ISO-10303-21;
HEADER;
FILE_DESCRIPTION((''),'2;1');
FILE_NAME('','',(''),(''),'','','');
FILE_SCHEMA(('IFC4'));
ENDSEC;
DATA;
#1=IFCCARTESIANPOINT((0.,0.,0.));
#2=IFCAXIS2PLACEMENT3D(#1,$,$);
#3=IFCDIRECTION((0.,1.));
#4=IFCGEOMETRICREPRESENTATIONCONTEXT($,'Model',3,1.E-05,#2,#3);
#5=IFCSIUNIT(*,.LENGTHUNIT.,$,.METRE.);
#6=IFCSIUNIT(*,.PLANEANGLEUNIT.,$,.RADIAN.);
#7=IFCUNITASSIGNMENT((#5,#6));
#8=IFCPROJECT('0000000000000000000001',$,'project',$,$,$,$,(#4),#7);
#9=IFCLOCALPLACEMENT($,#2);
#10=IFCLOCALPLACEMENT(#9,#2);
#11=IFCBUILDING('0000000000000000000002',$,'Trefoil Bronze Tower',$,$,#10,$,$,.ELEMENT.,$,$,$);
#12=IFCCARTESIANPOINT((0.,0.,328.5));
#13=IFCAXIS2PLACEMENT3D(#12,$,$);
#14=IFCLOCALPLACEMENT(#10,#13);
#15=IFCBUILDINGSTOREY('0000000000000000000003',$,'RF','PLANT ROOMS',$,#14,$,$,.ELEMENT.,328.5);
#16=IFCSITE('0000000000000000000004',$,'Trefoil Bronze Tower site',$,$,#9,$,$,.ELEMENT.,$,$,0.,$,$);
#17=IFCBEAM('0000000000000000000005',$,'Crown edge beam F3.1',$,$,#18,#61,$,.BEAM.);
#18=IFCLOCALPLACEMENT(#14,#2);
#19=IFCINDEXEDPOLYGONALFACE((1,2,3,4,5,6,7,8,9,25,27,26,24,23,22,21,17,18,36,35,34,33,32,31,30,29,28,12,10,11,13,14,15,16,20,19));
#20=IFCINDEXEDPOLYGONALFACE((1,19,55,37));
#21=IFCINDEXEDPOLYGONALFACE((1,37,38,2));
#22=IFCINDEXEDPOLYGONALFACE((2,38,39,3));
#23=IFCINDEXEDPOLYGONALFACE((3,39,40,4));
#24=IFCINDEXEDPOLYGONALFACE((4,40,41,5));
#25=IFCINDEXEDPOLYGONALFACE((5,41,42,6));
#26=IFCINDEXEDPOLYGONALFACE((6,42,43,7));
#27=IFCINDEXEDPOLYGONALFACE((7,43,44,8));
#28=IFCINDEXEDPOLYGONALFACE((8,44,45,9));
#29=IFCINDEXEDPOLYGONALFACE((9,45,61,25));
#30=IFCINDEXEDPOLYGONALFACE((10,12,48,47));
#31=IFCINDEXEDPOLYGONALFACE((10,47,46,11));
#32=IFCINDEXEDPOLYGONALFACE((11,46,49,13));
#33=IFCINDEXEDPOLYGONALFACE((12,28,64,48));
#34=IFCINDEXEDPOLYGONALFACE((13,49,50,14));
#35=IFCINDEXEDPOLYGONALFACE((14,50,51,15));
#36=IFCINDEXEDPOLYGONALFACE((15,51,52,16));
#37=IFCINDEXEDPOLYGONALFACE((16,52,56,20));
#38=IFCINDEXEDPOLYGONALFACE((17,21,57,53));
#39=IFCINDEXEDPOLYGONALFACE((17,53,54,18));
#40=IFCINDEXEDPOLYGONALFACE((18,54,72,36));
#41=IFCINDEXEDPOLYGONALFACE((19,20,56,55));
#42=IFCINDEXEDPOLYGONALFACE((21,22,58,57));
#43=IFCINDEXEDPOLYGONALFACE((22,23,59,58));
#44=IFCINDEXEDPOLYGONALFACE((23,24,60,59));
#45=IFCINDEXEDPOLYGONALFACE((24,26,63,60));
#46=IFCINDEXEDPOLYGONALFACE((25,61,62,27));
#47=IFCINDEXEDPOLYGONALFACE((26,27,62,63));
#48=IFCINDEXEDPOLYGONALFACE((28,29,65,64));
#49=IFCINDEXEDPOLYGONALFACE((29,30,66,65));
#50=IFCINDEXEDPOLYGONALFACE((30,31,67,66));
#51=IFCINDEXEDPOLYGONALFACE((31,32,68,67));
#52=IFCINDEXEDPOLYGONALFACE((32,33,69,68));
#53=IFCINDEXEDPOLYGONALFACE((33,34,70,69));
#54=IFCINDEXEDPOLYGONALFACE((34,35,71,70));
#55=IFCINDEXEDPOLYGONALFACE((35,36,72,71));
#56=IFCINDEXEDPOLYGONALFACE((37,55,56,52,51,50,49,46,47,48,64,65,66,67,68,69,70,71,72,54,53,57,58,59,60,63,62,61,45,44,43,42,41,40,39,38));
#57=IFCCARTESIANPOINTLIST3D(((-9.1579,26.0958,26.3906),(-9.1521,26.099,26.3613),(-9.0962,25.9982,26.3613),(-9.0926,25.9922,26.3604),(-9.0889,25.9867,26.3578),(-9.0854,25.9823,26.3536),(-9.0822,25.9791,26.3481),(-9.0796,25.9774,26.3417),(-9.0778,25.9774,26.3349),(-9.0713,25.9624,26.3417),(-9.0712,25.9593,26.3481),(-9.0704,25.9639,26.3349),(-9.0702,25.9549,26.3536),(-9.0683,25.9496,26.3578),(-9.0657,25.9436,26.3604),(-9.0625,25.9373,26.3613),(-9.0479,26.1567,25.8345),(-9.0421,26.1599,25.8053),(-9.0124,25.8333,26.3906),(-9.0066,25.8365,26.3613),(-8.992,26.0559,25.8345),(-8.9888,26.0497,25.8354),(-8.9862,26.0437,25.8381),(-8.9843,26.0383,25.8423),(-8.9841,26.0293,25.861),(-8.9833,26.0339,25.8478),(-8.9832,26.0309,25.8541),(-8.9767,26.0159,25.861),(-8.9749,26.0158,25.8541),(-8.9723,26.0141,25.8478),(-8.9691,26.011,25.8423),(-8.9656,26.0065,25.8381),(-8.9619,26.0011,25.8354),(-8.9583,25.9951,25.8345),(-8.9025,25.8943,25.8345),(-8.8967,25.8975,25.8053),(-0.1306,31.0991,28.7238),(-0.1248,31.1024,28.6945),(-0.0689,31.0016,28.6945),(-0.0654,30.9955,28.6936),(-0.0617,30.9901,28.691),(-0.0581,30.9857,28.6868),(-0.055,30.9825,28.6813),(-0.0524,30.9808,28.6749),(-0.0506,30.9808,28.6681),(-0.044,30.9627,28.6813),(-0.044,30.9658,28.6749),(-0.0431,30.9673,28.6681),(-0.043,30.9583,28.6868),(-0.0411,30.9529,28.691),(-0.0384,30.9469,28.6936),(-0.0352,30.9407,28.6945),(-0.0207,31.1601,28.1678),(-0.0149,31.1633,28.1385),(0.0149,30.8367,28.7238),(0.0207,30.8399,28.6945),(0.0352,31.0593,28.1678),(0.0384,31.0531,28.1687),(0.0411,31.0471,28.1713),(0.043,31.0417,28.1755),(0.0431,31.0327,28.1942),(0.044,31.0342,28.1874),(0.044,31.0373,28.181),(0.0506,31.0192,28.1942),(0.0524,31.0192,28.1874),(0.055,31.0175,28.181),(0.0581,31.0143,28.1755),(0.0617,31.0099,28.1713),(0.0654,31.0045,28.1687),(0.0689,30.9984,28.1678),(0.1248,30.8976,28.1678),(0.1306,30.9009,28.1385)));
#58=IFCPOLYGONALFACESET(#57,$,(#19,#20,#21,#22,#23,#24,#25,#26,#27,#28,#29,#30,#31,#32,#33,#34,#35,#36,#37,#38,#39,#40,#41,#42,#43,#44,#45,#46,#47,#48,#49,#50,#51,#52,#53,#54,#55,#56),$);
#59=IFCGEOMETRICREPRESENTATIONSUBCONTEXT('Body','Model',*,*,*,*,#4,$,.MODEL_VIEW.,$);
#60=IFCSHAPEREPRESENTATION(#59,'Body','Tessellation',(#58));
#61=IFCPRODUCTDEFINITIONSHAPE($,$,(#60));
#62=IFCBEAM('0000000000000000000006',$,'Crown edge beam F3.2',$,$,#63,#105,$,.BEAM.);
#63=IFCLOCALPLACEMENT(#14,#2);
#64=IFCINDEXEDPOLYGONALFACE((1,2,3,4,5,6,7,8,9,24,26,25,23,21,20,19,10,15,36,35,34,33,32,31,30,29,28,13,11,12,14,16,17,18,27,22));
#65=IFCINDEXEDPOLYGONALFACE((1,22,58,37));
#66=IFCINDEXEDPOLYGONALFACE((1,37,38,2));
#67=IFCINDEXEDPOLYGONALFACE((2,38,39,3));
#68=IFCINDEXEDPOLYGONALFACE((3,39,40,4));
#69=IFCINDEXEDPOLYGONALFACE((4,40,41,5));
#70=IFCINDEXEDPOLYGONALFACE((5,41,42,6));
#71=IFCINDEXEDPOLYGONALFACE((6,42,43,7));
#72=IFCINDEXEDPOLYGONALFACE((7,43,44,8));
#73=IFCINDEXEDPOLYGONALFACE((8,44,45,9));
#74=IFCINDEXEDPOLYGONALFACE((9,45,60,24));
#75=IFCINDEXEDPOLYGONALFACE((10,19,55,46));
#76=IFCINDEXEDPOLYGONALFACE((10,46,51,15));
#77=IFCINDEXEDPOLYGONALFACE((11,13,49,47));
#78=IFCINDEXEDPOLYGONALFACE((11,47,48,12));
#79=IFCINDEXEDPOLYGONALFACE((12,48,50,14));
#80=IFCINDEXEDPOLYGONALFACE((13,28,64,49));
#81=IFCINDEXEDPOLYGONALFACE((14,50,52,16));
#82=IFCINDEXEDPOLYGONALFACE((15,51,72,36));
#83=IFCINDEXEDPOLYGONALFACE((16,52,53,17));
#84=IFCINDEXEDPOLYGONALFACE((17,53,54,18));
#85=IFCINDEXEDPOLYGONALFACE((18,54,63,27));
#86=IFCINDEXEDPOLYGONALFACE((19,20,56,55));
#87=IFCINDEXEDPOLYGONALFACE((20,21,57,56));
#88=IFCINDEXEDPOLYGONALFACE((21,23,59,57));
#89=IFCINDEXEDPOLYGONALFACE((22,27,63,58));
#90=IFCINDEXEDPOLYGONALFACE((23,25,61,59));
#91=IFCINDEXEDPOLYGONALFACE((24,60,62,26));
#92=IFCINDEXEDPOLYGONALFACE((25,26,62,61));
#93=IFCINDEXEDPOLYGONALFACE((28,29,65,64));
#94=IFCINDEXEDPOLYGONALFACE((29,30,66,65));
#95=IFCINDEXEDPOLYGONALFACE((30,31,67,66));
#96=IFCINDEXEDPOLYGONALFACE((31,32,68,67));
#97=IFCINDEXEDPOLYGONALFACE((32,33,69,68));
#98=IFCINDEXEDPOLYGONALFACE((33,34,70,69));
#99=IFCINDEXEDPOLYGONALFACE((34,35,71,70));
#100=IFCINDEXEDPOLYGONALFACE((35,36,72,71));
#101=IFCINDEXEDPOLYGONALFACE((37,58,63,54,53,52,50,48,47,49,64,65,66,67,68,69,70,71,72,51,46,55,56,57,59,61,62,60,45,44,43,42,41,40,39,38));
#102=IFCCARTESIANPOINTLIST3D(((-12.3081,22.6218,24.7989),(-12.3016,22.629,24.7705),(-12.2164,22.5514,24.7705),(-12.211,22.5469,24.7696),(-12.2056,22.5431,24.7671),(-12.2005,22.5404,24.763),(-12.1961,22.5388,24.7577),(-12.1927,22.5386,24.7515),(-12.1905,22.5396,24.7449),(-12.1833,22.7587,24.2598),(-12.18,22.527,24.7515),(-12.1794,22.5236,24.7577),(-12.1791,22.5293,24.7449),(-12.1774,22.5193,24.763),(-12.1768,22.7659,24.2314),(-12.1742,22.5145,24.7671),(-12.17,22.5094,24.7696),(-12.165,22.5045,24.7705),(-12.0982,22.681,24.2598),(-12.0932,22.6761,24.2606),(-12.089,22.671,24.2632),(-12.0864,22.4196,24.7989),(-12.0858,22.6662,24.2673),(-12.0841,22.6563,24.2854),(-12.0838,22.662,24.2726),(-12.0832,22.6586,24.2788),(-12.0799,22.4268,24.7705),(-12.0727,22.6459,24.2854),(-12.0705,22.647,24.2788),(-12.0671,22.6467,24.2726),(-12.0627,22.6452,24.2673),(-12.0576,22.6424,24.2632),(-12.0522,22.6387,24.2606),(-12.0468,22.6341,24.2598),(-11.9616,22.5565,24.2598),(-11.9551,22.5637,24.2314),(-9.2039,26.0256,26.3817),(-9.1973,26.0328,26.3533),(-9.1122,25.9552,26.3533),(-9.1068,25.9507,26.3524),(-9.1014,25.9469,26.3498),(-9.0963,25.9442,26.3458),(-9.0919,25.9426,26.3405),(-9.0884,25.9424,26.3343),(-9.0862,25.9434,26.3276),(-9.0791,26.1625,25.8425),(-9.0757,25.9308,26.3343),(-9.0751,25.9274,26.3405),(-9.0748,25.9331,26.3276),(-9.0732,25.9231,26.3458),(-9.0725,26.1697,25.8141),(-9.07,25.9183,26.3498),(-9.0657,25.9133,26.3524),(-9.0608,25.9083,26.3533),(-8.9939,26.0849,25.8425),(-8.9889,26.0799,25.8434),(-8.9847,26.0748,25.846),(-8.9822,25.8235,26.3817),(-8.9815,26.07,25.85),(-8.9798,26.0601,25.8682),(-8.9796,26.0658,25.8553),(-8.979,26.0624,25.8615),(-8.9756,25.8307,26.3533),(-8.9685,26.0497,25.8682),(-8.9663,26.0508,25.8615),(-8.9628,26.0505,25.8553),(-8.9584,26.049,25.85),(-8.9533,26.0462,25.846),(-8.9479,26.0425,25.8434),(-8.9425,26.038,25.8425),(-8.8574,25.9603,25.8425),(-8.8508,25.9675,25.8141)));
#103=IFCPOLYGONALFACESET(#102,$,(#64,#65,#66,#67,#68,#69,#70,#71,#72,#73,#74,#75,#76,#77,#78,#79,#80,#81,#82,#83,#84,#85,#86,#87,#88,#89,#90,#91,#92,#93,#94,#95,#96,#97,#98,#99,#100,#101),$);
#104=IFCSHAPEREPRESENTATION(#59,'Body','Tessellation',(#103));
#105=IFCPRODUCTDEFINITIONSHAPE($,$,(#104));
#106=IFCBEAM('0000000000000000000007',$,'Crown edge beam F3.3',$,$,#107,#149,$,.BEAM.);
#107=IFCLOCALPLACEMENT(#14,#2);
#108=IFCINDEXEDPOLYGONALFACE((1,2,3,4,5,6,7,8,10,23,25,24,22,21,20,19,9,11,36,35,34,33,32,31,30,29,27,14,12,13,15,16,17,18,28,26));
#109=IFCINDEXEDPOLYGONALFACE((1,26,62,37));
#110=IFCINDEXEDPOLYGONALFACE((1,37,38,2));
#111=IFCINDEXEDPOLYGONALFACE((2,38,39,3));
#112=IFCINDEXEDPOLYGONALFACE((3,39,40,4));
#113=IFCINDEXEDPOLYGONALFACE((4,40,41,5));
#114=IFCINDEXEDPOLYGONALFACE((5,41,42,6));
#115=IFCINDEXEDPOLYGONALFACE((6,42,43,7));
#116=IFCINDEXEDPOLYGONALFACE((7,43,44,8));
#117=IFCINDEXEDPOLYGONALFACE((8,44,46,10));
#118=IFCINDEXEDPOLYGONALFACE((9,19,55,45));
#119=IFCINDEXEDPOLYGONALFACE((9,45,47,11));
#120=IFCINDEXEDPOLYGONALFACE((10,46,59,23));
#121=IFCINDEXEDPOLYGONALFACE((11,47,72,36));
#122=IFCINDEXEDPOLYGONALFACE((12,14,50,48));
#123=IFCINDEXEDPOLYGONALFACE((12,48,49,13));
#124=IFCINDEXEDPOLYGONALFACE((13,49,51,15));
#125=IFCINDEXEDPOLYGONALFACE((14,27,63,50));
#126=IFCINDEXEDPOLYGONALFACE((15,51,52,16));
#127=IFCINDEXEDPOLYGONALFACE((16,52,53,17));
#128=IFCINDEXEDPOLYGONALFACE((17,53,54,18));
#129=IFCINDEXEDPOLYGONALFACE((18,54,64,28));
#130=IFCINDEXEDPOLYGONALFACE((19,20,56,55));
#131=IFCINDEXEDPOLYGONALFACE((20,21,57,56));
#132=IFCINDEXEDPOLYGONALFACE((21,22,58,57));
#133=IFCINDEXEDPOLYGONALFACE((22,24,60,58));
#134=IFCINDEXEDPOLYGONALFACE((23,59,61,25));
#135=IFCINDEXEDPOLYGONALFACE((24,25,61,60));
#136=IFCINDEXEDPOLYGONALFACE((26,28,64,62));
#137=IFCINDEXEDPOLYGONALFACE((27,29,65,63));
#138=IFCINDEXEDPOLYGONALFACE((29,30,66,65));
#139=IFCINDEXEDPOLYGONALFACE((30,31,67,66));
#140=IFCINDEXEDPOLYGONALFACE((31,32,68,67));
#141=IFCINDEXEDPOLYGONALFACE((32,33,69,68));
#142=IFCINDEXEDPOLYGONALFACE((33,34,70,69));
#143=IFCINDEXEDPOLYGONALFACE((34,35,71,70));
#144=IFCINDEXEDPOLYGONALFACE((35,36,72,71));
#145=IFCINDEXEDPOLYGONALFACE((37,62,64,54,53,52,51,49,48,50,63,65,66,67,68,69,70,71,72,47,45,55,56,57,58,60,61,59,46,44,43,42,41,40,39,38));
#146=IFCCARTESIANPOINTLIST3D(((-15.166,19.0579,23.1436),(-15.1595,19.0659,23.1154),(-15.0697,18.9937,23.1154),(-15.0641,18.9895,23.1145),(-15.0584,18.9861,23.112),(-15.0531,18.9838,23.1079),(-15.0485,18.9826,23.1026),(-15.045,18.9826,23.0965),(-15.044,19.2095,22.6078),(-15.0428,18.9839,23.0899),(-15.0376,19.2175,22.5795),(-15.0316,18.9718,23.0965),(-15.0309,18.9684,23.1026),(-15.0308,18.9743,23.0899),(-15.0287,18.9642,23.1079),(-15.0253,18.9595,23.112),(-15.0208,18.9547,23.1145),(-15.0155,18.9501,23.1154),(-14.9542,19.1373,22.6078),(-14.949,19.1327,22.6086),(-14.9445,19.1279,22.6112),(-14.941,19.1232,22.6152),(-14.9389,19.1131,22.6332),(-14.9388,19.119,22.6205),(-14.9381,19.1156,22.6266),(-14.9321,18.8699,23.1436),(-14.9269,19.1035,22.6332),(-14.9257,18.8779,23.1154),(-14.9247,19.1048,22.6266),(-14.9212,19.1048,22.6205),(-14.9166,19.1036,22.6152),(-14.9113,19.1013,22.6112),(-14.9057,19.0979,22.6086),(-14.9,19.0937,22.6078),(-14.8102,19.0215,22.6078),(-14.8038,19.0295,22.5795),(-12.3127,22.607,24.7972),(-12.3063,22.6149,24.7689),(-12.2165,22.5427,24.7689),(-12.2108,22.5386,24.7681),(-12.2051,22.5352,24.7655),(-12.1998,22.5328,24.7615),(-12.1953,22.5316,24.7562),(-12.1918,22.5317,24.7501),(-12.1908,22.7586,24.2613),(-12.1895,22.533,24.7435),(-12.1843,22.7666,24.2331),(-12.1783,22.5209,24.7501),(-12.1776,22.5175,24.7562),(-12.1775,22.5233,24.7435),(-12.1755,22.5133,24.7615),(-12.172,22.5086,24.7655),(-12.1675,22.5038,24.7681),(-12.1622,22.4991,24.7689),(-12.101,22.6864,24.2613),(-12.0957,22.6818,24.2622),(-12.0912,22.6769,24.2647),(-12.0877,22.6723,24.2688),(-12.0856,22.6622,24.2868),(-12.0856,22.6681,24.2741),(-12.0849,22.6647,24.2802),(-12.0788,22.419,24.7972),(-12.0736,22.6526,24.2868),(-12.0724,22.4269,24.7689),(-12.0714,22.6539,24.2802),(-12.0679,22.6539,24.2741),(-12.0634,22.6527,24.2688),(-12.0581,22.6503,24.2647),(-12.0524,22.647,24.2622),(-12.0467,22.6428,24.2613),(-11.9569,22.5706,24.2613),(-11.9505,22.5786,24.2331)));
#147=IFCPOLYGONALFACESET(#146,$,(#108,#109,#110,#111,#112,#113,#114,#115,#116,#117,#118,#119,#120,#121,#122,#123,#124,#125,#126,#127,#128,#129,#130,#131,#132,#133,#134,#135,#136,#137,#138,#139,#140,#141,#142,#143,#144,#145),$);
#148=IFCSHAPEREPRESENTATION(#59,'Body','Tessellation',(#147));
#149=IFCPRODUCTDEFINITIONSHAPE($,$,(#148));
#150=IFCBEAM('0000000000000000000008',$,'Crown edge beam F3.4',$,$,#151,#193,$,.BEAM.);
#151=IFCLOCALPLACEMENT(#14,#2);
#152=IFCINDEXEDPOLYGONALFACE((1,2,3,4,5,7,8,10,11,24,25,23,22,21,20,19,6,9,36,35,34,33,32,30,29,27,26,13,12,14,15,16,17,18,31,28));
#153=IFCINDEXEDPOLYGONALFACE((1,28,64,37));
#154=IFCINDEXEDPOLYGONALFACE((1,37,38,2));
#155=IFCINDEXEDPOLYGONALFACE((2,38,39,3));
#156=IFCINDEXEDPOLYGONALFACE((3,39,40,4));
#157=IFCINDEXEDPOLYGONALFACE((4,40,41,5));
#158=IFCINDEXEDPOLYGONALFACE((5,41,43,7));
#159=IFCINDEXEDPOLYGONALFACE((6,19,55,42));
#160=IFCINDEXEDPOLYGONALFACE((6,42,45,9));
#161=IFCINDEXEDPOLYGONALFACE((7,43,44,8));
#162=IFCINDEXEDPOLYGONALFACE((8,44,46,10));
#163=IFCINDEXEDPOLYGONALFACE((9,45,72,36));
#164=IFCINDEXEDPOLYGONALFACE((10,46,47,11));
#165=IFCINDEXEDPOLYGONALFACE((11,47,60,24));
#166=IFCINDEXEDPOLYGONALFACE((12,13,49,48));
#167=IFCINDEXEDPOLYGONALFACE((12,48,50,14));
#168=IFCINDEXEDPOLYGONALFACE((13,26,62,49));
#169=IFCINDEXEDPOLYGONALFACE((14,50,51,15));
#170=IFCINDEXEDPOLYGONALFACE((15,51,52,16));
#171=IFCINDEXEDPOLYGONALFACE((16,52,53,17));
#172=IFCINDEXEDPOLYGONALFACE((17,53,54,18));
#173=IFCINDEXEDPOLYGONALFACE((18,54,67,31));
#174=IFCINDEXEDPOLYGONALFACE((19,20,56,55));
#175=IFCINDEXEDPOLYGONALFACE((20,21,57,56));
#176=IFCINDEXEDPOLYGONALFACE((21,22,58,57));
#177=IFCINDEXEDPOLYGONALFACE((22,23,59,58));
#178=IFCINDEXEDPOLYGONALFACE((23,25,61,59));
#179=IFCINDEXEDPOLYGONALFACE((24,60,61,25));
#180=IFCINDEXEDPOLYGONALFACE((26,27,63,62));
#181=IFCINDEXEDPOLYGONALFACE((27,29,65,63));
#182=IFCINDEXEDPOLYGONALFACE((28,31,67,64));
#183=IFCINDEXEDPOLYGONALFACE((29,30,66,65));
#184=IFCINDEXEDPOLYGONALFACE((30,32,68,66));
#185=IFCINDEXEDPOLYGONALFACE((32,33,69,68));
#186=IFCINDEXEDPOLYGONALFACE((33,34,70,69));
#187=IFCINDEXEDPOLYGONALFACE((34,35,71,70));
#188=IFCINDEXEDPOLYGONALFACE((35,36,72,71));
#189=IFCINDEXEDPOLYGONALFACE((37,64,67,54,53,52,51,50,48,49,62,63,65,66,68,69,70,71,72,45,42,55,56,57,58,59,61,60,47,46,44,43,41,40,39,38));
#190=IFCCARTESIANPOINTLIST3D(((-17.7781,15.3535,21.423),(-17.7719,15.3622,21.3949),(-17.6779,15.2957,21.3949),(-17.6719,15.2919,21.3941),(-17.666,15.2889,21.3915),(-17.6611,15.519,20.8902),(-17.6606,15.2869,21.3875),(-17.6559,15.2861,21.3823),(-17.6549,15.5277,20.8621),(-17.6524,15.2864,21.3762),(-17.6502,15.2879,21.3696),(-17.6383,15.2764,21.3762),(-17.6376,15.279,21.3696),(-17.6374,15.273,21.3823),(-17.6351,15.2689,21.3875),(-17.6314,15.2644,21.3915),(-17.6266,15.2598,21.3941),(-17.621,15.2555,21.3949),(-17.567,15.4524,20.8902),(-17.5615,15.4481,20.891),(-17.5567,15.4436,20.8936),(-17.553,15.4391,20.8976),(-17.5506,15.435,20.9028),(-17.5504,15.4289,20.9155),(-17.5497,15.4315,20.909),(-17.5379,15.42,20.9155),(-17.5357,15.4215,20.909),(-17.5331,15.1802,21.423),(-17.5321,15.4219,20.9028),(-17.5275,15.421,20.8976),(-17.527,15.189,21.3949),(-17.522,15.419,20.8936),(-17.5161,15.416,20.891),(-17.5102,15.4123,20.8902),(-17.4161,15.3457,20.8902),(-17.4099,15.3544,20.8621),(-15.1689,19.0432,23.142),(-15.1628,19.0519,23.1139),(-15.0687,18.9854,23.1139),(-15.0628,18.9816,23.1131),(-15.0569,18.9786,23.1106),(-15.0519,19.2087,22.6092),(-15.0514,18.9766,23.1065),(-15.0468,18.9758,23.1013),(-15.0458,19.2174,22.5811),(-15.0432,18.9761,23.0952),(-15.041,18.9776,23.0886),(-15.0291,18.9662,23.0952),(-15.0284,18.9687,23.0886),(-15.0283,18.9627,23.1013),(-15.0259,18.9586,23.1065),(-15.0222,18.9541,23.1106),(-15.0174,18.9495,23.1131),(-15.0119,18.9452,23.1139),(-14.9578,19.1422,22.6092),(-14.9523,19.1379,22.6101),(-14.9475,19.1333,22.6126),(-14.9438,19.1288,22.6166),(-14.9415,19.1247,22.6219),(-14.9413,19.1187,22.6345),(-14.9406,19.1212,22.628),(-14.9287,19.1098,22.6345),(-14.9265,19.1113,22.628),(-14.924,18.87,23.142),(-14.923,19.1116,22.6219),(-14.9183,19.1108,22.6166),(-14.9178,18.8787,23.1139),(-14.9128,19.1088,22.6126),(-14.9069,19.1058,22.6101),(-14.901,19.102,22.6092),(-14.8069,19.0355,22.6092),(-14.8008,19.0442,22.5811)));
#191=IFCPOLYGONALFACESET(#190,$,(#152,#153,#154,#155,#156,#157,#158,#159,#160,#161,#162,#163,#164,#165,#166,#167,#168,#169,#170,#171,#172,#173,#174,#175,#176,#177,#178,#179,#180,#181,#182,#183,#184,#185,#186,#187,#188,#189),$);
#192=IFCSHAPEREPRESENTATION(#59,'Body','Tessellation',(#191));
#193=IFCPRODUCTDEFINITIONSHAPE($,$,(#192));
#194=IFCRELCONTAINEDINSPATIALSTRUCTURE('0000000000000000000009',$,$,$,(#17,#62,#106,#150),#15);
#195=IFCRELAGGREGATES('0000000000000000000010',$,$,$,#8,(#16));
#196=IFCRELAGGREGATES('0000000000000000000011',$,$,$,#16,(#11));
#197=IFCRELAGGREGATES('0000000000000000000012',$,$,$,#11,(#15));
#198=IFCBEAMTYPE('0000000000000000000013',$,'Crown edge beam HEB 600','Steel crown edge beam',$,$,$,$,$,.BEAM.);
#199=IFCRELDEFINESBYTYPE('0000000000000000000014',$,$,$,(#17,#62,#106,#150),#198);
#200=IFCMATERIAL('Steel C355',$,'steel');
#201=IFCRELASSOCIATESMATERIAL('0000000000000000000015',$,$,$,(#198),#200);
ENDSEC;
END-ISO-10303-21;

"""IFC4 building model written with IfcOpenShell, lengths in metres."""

from ifc_helpers import new_model, si_unit, direction, frame, origin, origin_2d, place, context, subcontext, project, spatial, i_section, extrude, material, material_profile, profile_set, type_object, element, save


model = new_model("IFC4")

# Units and contexts
model_context = context("Model", 3, precision=1e-05, world=origin(), true_north=direction((0.0, 1.0)))
body_context = subcontext(model_context, "Body", "Model", "MODEL_VIEW")
ifc_project = project(units=[si_unit("LENGTHUNIT", "METRE"), si_unit("PLANEANGLEUNIT", "RADIAN")], contexts=[model_context])

# Site, building, storey
site_placement = place(None, origin())
site = spatial("IfcSite", under=ifc_project, at=site_placement, Name="Trefoil Bronze Tower site", CompositionType="ELEMENT", RefElevation=0.0)
building_placement = place(site_placement, origin())
building = spatial("IfcBuilding", under=site, at=building_placement, Name="Trefoil Bronze Tower", CompositionType="ELEMENT")
storey_placement = place(building_placement, frame((0.0, 0.0, 328.5)))
storey = spatial("IfcBuildingStorey", under=building, at=storey_placement, Name="RF", Description="PLANT ROOMS", CompositionType="ELEMENT", Elevation=328.5)

# Beams
ifc_material_1 = material(Name="Steel C355", Category="steel")
ifc_material_profile_1 = material_profile(ifc_material_1, i_section(OverallWidth=0.3, OverallDepth=0.6001, WebThickness=0.0154, FlangeThickness=0.03, FilletRadius=0.0271, at=origin_2d()), Name="HEB 600")
ifc_profile_set_1 = profile_set([ifc_material_profile_1], Name="Steel C355")
beam_type_1 = type_object("IfcBeamType", Name="Crown edge beam HEB 600", Description="Steel crown edge beam", PredefinedType="BEAM", material=ifc_profile_set_1)
beam_1_placement = place(storey_placement, frame((0.0, 31.0, 28.4312), z_axis=(-0.853114, -0.472839, -0.2205), x_axis=(0.484771, -0.874641, 0.0)))
element("IfcBeam", 1, at=beam_1_placement, inside=storey, type_object=beam_type_1, Name="Crown edge beam F3.1", PredefinedType="BEAM", context=body_context, shape_type="SweptSolid", body=[
    extrude(i_section(OverallWidth=0.3, OverallDepth=0.6001, WebThickness=0.0154, FlangeThickness=0.03, FilletRadius=0.0271, at=origin_2d()), origin(), (0.0, 0.0, 1.0), 10.5815),
])
beam_2_placement = place(storey_placement, frame((-9.0273, 25.9966, 26.0979), z_axis=(-0.637281, -0.698779, -0.324931), x_axis=(0.738872, -0.673846, 0.0)))
element("IfcBeam", 2, at=beam_2_placement, inside=storey, type_object=beam_type_1, Name="Crown edge beam F3.2", PredefinedType="BEAM", context=body_context, shape_type="SweptSolid", body=[
    extrude(i_section(OverallWidth=0.3, OverallDepth=0.6001, WebThickness=0.0154, FlangeThickness=0.03, FilletRadius=0.0271, at=origin_2d()), origin(), (0.0, 0.0, 1.0), 4.8711),
])
beam_3_placement = place(storey_placement, frame((-12.1316, 22.5928, 24.5151), z_axis=(-0.588944, -0.732564, -0.341312), x_axis=(0.779365, -0.62657, 0.0)))
element("IfcBeam", 3, at=beam_3_placement, inside=storey, type_object=beam_type_1, Name="Crown edge beam F3.3", PredefinedType="BEAM", context=body_context, shape_type="SweptSolid", body=[
    extrude(i_section(OverallWidth=0.3, OverallDepth=0.6001, WebThickness=0.0154, FlangeThickness=0.03, FilletRadius=0.0271, at=origin_2d()), origin(), (0.0, 0.0, 1.0), 4.8447),
])
beam_4_placement = place(storey_placement, frame((-14.9849, 19.0437, 22.8616), z_axis=(-0.539644, -0.763136, -0.355538), x_axis=(0.816484, -0.577368, 0.0)))
element("IfcBeam", 4, at=beam_4_placement, inside=storey, type_object=beam_type_1, Name="Crown edge beam F3.4", PredefinedType="BEAM", context=body_context, shape_type="SweptSolid", body=[
    extrude(i_section(OverallWidth=0.3, OverallDepth=0.6001, WebThickness=0.0154, FlangeThickness=0.03, FilletRadius=0.0271, at=origin_2d()), origin(), (0.0, 0.0, 1.0), 4.835),
])

save(model, "model.ifc")
